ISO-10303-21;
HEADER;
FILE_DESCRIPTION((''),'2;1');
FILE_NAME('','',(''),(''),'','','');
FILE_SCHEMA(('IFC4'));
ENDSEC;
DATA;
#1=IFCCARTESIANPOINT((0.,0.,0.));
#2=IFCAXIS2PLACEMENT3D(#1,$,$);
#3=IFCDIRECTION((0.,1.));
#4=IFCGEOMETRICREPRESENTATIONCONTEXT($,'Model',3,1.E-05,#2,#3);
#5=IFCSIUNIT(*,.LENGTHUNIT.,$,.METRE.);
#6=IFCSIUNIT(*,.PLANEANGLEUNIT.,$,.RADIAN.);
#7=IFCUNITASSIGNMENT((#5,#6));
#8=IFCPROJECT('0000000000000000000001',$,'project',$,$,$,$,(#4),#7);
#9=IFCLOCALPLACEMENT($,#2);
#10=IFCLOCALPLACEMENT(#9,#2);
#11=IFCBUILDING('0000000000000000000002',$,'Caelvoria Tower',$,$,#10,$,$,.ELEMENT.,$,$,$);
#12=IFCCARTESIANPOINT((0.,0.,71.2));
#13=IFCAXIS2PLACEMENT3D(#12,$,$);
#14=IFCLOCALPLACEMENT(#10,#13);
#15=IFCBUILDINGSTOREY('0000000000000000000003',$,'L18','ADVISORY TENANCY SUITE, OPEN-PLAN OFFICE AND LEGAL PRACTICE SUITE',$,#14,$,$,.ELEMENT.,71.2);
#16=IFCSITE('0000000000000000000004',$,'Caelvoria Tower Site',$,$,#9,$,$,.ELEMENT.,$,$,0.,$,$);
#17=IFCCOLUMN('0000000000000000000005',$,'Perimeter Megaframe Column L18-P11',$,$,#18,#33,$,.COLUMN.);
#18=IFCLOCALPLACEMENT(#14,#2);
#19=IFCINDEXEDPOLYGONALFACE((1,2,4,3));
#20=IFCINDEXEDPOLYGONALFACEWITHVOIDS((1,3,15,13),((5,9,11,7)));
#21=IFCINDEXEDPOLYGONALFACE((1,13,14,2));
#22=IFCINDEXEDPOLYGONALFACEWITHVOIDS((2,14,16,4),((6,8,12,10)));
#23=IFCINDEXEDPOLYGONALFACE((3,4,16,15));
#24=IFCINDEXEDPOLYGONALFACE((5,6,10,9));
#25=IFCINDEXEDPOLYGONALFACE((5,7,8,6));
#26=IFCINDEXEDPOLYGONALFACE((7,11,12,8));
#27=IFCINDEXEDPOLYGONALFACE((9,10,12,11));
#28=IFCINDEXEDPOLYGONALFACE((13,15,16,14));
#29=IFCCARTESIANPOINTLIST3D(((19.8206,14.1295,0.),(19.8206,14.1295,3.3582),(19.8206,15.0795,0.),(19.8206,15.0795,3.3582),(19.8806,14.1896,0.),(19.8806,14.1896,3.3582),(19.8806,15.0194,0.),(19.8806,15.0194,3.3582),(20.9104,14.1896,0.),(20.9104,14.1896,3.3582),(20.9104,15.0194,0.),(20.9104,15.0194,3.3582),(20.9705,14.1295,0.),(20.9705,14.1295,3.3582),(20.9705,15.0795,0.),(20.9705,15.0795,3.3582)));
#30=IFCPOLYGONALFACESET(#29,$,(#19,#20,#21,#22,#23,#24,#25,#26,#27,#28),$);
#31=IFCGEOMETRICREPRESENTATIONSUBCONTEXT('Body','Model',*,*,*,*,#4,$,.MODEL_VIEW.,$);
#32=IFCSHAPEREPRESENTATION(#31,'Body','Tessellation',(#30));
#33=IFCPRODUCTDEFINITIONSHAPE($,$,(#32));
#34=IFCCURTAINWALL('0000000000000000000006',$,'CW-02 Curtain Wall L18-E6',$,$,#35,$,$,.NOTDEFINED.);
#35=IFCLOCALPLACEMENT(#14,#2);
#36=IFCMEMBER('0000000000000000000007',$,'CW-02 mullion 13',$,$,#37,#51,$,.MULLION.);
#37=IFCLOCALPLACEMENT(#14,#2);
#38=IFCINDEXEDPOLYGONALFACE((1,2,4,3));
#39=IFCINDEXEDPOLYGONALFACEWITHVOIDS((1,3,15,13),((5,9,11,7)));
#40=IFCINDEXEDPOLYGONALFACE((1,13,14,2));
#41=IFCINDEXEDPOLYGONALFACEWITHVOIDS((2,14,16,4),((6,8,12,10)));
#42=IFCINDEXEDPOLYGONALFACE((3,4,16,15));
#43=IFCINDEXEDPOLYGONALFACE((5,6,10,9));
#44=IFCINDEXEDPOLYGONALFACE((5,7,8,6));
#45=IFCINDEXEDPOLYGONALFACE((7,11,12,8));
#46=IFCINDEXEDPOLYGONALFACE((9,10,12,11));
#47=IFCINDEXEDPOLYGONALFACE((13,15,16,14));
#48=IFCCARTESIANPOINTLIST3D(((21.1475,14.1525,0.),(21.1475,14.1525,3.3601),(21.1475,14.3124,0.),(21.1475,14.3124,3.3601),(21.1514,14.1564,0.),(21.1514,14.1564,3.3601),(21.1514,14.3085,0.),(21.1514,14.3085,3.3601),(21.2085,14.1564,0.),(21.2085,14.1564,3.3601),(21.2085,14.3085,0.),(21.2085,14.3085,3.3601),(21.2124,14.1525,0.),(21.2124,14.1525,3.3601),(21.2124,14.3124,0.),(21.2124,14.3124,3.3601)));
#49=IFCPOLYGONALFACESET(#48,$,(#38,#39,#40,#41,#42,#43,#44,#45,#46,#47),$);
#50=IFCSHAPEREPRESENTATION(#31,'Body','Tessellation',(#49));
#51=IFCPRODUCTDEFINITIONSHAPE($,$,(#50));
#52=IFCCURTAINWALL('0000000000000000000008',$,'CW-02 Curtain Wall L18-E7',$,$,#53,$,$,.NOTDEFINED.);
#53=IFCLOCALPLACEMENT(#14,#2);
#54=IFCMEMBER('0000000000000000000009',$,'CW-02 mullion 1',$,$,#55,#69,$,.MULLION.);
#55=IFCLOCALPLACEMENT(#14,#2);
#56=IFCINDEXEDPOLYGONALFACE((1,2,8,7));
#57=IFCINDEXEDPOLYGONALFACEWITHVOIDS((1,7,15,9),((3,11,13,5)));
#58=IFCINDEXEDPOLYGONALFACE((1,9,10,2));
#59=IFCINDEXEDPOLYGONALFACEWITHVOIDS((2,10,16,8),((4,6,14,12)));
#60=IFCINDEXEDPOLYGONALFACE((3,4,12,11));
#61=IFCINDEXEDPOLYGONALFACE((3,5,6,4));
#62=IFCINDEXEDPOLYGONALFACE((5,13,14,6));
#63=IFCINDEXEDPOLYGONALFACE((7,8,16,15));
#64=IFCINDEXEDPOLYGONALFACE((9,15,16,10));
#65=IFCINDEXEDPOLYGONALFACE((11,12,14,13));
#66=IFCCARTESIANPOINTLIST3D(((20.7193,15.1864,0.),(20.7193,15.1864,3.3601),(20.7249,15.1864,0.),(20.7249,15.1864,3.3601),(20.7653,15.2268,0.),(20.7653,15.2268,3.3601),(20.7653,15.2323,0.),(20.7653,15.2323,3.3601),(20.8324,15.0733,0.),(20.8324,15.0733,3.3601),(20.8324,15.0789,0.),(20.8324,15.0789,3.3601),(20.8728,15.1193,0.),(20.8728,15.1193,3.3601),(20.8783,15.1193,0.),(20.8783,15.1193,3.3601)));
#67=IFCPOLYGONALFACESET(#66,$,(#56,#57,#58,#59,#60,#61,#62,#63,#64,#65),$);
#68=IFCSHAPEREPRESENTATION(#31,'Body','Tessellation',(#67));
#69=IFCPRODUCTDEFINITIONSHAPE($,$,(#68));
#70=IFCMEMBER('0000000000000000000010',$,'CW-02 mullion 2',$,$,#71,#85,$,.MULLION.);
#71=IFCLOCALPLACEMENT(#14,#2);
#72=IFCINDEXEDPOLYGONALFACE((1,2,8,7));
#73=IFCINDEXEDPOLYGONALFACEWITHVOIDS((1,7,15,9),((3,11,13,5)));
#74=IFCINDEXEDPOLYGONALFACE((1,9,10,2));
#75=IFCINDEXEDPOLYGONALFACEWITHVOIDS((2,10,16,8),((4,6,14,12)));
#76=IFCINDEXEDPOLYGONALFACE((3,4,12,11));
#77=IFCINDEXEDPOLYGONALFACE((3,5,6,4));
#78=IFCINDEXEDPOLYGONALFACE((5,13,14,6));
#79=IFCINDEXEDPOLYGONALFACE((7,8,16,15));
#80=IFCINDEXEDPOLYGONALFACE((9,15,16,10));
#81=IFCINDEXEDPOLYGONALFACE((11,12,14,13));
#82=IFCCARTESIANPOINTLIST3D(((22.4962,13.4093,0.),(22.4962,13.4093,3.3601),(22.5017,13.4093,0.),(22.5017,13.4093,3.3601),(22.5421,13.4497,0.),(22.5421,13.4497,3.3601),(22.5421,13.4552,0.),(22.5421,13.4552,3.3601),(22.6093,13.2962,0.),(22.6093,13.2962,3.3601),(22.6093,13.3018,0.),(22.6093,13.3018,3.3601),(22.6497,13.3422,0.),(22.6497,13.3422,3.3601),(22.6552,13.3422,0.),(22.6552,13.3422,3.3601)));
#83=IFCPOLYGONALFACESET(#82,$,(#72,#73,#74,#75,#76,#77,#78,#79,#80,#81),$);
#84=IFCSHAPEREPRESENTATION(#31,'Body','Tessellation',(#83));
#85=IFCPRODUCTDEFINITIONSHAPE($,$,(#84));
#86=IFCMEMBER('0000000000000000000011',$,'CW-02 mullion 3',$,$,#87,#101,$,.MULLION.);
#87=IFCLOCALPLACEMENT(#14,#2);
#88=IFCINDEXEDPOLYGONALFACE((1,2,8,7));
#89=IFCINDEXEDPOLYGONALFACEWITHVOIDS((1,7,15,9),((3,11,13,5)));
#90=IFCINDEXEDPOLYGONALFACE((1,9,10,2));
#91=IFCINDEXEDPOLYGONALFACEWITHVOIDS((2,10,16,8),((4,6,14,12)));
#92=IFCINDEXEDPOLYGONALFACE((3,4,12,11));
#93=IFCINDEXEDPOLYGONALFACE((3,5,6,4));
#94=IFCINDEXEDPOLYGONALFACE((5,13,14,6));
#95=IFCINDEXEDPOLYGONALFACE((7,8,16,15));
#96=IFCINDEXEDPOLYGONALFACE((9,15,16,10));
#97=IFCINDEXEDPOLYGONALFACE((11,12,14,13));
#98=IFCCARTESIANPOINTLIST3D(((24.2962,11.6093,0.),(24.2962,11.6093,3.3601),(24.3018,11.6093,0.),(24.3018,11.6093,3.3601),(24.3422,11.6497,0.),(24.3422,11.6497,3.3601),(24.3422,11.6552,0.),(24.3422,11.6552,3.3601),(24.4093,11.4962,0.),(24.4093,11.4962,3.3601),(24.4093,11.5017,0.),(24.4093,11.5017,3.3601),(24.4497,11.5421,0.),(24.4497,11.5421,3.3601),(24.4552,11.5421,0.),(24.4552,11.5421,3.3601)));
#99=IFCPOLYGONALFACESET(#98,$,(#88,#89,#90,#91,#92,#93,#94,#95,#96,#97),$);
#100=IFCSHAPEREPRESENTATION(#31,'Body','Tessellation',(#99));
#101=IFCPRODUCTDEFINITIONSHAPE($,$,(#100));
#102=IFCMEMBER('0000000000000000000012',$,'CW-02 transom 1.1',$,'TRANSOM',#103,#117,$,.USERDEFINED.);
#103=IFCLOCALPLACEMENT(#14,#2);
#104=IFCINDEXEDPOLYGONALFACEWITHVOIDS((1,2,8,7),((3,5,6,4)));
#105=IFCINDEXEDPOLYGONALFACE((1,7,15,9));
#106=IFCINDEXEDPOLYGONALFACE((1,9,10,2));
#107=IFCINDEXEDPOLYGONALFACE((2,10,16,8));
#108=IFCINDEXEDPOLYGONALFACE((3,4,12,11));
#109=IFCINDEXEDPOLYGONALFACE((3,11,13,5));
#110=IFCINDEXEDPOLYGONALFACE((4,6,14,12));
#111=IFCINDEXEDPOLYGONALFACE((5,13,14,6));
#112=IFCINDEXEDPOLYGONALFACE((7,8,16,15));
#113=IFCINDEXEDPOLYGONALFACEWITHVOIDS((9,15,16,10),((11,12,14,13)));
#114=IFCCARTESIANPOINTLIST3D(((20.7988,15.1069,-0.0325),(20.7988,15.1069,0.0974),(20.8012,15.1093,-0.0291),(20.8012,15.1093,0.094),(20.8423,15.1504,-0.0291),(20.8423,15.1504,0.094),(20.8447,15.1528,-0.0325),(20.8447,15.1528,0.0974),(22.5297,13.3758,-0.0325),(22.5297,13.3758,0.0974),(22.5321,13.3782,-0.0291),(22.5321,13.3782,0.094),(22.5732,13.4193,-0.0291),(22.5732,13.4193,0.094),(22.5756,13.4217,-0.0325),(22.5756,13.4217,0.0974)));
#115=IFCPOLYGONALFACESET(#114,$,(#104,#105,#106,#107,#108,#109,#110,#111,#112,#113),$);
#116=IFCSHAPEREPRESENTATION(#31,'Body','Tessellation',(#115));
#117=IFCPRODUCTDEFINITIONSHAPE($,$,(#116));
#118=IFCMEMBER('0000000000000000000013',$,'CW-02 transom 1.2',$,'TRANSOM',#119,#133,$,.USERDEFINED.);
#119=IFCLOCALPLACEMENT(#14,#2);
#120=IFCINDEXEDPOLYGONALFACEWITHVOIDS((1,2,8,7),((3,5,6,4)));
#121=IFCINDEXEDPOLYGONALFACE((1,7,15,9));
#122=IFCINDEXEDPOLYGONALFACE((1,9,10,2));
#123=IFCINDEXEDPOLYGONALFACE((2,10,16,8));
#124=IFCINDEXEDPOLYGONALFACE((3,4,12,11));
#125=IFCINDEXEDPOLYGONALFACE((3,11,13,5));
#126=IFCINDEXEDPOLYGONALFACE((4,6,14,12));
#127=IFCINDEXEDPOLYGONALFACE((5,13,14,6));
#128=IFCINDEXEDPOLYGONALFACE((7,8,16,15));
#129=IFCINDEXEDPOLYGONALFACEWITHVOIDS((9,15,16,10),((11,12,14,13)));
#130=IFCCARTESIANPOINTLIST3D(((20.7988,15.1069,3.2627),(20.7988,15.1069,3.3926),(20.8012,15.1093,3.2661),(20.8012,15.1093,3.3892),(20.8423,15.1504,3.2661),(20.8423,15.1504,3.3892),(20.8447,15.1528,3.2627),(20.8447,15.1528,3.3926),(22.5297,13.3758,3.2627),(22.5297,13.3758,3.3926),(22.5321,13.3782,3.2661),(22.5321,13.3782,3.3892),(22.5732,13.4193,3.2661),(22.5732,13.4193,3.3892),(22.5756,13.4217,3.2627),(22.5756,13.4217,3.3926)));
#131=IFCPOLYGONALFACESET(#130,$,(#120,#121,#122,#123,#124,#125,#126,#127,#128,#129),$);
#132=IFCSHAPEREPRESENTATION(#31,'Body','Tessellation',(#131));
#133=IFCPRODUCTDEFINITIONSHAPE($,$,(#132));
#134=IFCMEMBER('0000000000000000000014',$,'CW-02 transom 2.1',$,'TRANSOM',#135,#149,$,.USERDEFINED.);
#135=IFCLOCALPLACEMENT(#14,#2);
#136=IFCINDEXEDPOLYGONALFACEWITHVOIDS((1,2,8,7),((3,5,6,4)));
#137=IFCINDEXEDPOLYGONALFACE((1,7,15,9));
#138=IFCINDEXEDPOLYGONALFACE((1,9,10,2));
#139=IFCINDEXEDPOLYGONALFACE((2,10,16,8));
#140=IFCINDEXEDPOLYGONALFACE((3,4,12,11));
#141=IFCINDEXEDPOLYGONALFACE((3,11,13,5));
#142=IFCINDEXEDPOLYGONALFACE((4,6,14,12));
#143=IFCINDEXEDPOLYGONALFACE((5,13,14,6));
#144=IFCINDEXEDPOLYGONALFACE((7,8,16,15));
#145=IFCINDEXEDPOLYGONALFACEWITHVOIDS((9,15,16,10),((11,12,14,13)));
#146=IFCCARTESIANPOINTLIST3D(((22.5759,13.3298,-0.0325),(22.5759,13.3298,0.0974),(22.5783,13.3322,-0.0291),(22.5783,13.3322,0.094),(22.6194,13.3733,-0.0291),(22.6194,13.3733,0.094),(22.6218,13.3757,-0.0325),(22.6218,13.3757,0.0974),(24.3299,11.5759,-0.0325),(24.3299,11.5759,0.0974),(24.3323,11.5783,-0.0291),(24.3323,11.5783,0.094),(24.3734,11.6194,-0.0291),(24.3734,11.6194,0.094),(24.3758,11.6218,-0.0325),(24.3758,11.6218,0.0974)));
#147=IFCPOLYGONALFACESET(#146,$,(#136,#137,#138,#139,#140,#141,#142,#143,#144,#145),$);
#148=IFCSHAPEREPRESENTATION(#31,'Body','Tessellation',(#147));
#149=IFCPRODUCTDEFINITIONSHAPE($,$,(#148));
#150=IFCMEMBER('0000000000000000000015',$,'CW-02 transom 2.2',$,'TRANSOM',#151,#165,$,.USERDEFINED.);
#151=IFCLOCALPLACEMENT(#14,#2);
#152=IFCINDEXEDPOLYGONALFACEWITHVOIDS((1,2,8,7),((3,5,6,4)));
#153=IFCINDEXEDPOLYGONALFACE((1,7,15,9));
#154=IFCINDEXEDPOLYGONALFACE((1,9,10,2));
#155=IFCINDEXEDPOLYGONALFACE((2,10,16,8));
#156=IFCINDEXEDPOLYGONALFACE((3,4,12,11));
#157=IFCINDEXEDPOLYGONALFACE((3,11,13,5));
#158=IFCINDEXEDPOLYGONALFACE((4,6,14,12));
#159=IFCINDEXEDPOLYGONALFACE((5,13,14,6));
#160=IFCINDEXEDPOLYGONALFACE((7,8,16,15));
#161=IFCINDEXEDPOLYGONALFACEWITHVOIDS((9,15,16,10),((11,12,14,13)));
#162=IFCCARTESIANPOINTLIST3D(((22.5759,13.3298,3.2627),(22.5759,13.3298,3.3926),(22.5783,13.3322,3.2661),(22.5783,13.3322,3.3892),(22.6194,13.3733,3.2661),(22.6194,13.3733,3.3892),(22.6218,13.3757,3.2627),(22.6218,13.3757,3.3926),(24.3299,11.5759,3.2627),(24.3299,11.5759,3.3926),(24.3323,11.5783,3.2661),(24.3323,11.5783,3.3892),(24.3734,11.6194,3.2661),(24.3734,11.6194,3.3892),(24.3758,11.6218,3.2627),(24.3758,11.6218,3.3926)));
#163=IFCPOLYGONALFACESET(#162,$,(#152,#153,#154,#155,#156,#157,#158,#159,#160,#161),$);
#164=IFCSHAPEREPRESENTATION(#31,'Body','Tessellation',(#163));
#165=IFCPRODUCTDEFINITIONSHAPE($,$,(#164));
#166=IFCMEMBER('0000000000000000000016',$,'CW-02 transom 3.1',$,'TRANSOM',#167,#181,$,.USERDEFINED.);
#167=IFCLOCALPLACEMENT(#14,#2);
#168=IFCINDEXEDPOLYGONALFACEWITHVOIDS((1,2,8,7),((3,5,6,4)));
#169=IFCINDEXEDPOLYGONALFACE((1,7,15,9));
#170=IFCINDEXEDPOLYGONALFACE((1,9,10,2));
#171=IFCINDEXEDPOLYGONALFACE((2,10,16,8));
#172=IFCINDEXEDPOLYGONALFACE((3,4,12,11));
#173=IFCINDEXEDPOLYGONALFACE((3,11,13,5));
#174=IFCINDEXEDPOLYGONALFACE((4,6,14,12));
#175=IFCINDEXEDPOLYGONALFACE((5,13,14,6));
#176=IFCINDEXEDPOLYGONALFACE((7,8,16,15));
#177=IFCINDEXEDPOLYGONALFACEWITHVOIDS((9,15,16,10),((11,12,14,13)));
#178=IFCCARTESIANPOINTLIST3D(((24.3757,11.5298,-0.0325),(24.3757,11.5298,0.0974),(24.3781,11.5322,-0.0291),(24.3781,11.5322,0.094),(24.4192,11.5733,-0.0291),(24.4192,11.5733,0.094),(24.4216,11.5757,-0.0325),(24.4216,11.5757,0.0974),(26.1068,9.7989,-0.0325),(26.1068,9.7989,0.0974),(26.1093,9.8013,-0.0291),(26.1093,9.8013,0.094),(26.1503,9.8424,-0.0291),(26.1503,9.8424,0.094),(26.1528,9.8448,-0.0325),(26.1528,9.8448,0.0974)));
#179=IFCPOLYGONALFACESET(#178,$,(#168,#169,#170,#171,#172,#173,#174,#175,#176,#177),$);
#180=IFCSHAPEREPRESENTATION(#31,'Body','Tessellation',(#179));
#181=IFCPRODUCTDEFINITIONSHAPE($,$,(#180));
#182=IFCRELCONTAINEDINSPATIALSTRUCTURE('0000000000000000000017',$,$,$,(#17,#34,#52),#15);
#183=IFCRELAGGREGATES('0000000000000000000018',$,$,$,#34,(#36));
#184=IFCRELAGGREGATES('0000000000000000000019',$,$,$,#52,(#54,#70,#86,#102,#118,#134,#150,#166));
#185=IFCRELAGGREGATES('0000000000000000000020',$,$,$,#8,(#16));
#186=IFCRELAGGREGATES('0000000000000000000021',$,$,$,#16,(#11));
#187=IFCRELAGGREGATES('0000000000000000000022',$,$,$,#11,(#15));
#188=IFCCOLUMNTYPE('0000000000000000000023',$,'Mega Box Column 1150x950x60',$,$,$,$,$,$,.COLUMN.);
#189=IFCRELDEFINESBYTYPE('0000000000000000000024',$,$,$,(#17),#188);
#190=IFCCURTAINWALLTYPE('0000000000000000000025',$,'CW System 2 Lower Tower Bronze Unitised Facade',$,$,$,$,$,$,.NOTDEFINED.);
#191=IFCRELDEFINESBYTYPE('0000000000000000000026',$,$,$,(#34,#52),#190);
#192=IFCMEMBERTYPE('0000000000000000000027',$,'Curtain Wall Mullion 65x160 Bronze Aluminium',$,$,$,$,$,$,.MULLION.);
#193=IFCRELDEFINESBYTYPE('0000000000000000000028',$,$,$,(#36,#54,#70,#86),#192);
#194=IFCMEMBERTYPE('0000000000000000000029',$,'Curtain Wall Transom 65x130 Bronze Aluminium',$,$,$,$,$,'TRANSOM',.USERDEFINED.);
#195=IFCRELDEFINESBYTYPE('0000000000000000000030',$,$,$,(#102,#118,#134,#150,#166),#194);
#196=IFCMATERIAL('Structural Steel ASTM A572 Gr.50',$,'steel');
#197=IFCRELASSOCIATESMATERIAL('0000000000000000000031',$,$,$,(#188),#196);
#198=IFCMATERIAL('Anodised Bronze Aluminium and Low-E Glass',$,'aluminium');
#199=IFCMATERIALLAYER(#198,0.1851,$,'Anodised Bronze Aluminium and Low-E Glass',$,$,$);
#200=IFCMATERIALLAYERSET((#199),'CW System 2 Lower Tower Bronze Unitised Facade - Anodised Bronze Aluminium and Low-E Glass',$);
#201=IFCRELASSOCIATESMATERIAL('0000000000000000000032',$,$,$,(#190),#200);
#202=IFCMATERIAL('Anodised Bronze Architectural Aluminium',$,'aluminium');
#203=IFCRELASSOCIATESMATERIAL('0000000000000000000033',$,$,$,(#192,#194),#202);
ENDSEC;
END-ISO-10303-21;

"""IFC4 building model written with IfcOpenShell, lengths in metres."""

from ifc_helpers import new_model, si_unit, direction, frame, origin, origin_2d, place, context, subcontext, project, spatial, hollow_rectangle, extrude, material, layer, layer_set, material_profile, profile_set, type_object, element, aggregate, save


model = new_model("IFC4")

# Units and contexts
model_context = context("Model", 3, precision=1e-05, world=origin(), true_north=direction((0.0, 1.0)))
body_context = subcontext(model_context, "Body", "Model", "MODEL_VIEW")
ifc_project = project(units=[si_unit("LENGTHUNIT", "METRE"), si_unit("PLANEANGLEUNIT", "RADIAN")], contexts=[model_context])

# Site, building, storey
site_placement = place(None, origin())
site = spatial("IfcSite", under=ifc_project, at=site_placement, Name="Caelvoria Tower Site", CompositionType="ELEMENT", RefElevation=0.0)
building_placement = place(site_placement, origin())
building = spatial("IfcBuilding", under=site, at=building_placement, Name="Caelvoria Tower", CompositionType="ELEMENT")
storey_placement = place(building_placement, frame((0.0, 0.0, 71.2)))
storey = spatial("IfcBuildingStorey", under=building, at=storey_placement, Name="L18", Description="ADVISORY TENANCY SUITE, OPEN-PLAN OFFICE AND LEGAL PRACTICE SUITE", CompositionType="ELEMENT", Elevation=71.2)

# Column
ifc_material_1 = material(Name="Structural Steel ASTM A572 Gr.50", Category="steel")
ifc_material_profile_1 = material_profile(ifc_material_1, hollow_rectangle(XDim=0.95, YDim=1.1499, WallThickness=0.0601, at=origin_2d()), Name="Structural Steel ASTM A572 Gr.50")
ifc_profile_set_1 = profile_set([ifc_material_profile_1], Name="BOX1150X950X60 - Structural Steel ASTM A572 Gr.50")
column_type = type_object("IfcColumnType", Name="Mega Box Column 1150x950x60", PredefinedType="COLUMN", material=ifc_profile_set_1)
column_placement = place(storey_placement, frame((20.3955, 14.6045, 0.0), z_axis=(0.0, 0.0, 1.0), x_axis=(0.0, 1.0, 0.0)))
element("IfcColumn", 1, at=column_placement, inside=storey, type_object=column_type, Name="Perimeter Megaframe Column L18-P11", PredefinedType="COLUMN", context=body_context, shape_type="SweptSolid", body=[
    extrude(hollow_rectangle(XDim=0.95, YDim=1.1499, WallThickness=0.0601, at=origin_2d()), origin(), (0.0, 0.0, 1.0), 3.3582),
])

# Curtain wall, member
ifc_material_2 = material(Name="Anodised Bronze Aluminium and Low-E Glass", Category="aluminium")
ifc_layer_1 = layer(ifc_material_2, 0.1851, Name="Anodised Bronze Aluminium and Low-E Glass")
ifc_layer_set_1 = layer_set([ifc_layer_1], Name="CW System 2 Lower Tower Bronze Unitised Facade - Anodised Bronze Aluminium and Low-E Glass")
curtain_wall_type = type_object("IfcCurtainWallType", Name="CW System 2 Lower Tower Bronze Unitised Facade", PredefinedType="NOTDEFINED", material=ifc_layer_set_1)
curtain_wall_1_placement = place(storey_placement, origin())
curtain_wall_1 = element("IfcCurtainWall", 2, at=curtain_wall_1_placement, inside=storey, type_object=curtain_wall_type, Name="CW-02 Curtain Wall L18-E6", PredefinedType="NOTDEFINED")
ifc_material_3 = material(Name="Anodised Bronze Architectural Aluminium", Category="aluminium")
ifc_material_profile_2 = material_profile(ifc_material_3, hollow_rectangle(XDim=0.0649, YDim=0.1599, WallThickness=0.0039, at=origin_2d()), Name="Anodised Bronze Architectural Aluminium")
ifc_profile_set_2 = profile_set([ifc_material_profile_2], Name="CW_MULL_65X160 - Anodised Bronze Architectural Aluminium")
member_type_1 = type_object("IfcMemberType", Name="Curtain Wall Mullion 65x160 Bronze Aluminium", PredefinedType="MULLION", material=ifc_profile_set_2)
member_1_placement = place(storey_placement, frame((21.1799, 14.2324, 0.0), z_axis=(0.0, 0.0, 1.0), x_axis=(1.0, 0.0, 0.0)))
member_1 = element("IfcMember", 3, at=member_1_placement, type_object=member_type_1, Name="CW-02 mullion 13", PredefinedType="MULLION", context=body_context, shape_type="SweptSolid", body=[
    extrude(hollow_rectangle(XDim=0.0649, YDim=0.1599, WallThickness=0.0039, at=origin_2d()), origin(), (0.0, 0.0, 1.0), 3.3601),
])
aggregate(curtain_wall_1, [member_1])

# Curtain wall, members
curtain_wall_2_placement = place(storey_placement, origin())
curtain_wall_2 = element("IfcCurtainWall", 4, at=curtain_wall_2_placement, inside=storey, type_object=curtain_wall_type, Name="CW-02 Curtain Wall L18-E7", PredefinedType="NOTDEFINED")
member_2_placement = place(storey_placement, frame((20.7988, 15.1528, 0.0), z_axis=(0.0, 0.0, 1.0), x_axis=(0.707107, 0.707107, 0.0)))
member_2 = element("IfcMember", 5, at=member_2_placement, type_object=member_type_1, Name="CW-02 mullion 1", PredefinedType="MULLION", context=body_context, shape_type="SweptSolid", body=[
    extrude(hollow_rectangle(XDim=0.0649, YDim=0.1599, WallThickness=0.0039, at=origin_2d()), origin(), (0.0, 0.0, 1.0), 3.3601),
])
member_3_placement = place(storey_placement, frame((22.5757, 13.3757, 0.0), z_axis=(0.0, 0.0, 1.0), x_axis=(0.707107, 0.707107, 0.0)))
member_3 = element("IfcMember", 6, at=member_3_placement, type_object=member_type_1, Name="CW-02 mullion 2", PredefinedType="MULLION", context=body_context, shape_type="SweptSolid", body=[
    extrude(hollow_rectangle(XDim=0.0649, YDim=0.1599, WallThickness=0.0039, at=origin_2d()), origin(), (0.0, 0.0, 1.0), 3.3601),
])
member_4_placement = place(storey_placement, frame((24.3757, 11.5757, 0.0), z_axis=(0.0, 0.0, 1.0), x_axis=(0.707107, 0.707107, 0.0)))
member_4 = element("IfcMember", 7, at=member_4_placement, type_object=member_type_1, Name="CW-02 mullion 3", PredefinedType="MULLION", context=body_context, shape_type="SweptSolid", body=[
    extrude(hollow_rectangle(XDim=0.0649, YDim=0.1599, WallThickness=0.0039, at=origin_2d()), origin(), (0.0, 0.0, 1.0), 3.3601),
])
ifc_material_profile_3 = material_profile(ifc_material_3, hollow_rectangle(XDim=0.0649, YDim=0.1299, WallThickness=0.0034, at=origin_2d()), Name="Anodised Bronze Architectural Aluminium")
ifc_profile_set_3 = profile_set([ifc_material_profile_3], Name="CW_TRAN_65X130 - Anodised Bronze Architectural Aluminium")
member_type_2 = type_object("IfcMemberType", Name="Curtain Wall Transom 65x130 Bronze Aluminium", ElementType="TRANSOM", PredefinedType="USERDEFINED", material=ifc_profile_set_3)
member_5_placement = place(storey_placement, frame((20.8218, 15.1299, 0.0325), z_axis=(0.707057, -0.707157, 0.0), x_axis=(0.707157, 0.707057, 0.0)))
member_5 = element("IfcMember", 8, at=member_5_placement, type_object=member_type_2, Name="CW-02 transom 1.1", ObjectType="TRANSOM", PredefinedType="USERDEFINED", context=body_context, shape_type="SweptSolid", body=[
    extrude(hollow_rectangle(XDim=0.0649, YDim=0.1299, WallThickness=0.0034, at=origin_2d()), origin(), (0.0, 0.0, 1.0), 2.448),
])
member_6_placement = place(storey_placement, frame((20.8218, 15.1299, 3.3276), z_axis=(0.707057, -0.707157, 0.0), x_axis=(0.707157, 0.707057, 0.0)))
member_6 = element("IfcMember", 9, at=member_6_placement, type_object=member_type_2, Name="CW-02 transom 1.2", ObjectType="TRANSOM", PredefinedType="USERDEFINED", context=body_context, shape_type="SweptSolid", body=[
    extrude(hollow_rectangle(XDim=0.0649, YDim=0.1299, WallThickness=0.0034, at=origin_2d()), origin(), (0.0, 0.0, 1.0), 2.448),
])
member_7_placement = place(storey_placement, frame((22.5989, 13.3528, 0.0325), z_axis=(0.707107, -0.707107, 0.0), x_axis=(0.707107, 0.707107, 0.0)))
member_7 = element("IfcMember", 10, at=member_7_placement, type_object=member_type_2, Name="CW-02 transom 2.1", ObjectType="TRANSOM", PredefinedType="USERDEFINED", context=body_context, shape_type="SweptSolid", body=[
    extrude(hollow_rectangle(XDim=0.0649, YDim=0.1299, WallThickness=0.0034, at=origin_2d()), origin(), (0.0, 0.0, 1.0), 2.4805),
])
member_8_placement = place(storey_placement, frame((22.5989, 13.3528, 3.3276), z_axis=(0.707107, -0.707107, 0.0), x_axis=(0.707107, 0.707107, 0.0)))
member_8 = element("IfcMember", 11, at=member_8_placement, type_object=member_type_2, Name="CW-02 transom 2.2", ObjectType="TRANSOM", PredefinedType="USERDEFINED", context=body_context, shape_type="SweptSolid", body=[
    extrude(hollow_rectangle(XDim=0.0649, YDim=0.1299, WallThickness=0.0034, at=origin_2d()), origin(), (0.0, 0.0, 1.0), 2.4805),
])
member_9_placement = place(storey_placement, frame((24.3987, 11.5527, 0.0325), z_axis=(0.707157, -0.707057, 0.0), x_axis=(0.707057, 0.707157, 0.0)))
member_9 = element("IfcMember", 12, at=member_9_placement, type_object=member_type_2, Name="CW-02 transom 3.1", ObjectType="TRANSOM", PredefinedType="USERDEFINED", context=body_context, shape_type="SweptSolid", body=[
    extrude(hollow_rectangle(XDim=0.0649, YDim=0.1299, WallThickness=0.0034, at=origin_2d()), origin(), (0.0, 0.0, 1.0), 2.448),
])

aggregate(curtain_wall_2, [member_2, member_3, member_4, member_5, member_6, member_7, member_8, member_9])

save(model, "model.ifc")
